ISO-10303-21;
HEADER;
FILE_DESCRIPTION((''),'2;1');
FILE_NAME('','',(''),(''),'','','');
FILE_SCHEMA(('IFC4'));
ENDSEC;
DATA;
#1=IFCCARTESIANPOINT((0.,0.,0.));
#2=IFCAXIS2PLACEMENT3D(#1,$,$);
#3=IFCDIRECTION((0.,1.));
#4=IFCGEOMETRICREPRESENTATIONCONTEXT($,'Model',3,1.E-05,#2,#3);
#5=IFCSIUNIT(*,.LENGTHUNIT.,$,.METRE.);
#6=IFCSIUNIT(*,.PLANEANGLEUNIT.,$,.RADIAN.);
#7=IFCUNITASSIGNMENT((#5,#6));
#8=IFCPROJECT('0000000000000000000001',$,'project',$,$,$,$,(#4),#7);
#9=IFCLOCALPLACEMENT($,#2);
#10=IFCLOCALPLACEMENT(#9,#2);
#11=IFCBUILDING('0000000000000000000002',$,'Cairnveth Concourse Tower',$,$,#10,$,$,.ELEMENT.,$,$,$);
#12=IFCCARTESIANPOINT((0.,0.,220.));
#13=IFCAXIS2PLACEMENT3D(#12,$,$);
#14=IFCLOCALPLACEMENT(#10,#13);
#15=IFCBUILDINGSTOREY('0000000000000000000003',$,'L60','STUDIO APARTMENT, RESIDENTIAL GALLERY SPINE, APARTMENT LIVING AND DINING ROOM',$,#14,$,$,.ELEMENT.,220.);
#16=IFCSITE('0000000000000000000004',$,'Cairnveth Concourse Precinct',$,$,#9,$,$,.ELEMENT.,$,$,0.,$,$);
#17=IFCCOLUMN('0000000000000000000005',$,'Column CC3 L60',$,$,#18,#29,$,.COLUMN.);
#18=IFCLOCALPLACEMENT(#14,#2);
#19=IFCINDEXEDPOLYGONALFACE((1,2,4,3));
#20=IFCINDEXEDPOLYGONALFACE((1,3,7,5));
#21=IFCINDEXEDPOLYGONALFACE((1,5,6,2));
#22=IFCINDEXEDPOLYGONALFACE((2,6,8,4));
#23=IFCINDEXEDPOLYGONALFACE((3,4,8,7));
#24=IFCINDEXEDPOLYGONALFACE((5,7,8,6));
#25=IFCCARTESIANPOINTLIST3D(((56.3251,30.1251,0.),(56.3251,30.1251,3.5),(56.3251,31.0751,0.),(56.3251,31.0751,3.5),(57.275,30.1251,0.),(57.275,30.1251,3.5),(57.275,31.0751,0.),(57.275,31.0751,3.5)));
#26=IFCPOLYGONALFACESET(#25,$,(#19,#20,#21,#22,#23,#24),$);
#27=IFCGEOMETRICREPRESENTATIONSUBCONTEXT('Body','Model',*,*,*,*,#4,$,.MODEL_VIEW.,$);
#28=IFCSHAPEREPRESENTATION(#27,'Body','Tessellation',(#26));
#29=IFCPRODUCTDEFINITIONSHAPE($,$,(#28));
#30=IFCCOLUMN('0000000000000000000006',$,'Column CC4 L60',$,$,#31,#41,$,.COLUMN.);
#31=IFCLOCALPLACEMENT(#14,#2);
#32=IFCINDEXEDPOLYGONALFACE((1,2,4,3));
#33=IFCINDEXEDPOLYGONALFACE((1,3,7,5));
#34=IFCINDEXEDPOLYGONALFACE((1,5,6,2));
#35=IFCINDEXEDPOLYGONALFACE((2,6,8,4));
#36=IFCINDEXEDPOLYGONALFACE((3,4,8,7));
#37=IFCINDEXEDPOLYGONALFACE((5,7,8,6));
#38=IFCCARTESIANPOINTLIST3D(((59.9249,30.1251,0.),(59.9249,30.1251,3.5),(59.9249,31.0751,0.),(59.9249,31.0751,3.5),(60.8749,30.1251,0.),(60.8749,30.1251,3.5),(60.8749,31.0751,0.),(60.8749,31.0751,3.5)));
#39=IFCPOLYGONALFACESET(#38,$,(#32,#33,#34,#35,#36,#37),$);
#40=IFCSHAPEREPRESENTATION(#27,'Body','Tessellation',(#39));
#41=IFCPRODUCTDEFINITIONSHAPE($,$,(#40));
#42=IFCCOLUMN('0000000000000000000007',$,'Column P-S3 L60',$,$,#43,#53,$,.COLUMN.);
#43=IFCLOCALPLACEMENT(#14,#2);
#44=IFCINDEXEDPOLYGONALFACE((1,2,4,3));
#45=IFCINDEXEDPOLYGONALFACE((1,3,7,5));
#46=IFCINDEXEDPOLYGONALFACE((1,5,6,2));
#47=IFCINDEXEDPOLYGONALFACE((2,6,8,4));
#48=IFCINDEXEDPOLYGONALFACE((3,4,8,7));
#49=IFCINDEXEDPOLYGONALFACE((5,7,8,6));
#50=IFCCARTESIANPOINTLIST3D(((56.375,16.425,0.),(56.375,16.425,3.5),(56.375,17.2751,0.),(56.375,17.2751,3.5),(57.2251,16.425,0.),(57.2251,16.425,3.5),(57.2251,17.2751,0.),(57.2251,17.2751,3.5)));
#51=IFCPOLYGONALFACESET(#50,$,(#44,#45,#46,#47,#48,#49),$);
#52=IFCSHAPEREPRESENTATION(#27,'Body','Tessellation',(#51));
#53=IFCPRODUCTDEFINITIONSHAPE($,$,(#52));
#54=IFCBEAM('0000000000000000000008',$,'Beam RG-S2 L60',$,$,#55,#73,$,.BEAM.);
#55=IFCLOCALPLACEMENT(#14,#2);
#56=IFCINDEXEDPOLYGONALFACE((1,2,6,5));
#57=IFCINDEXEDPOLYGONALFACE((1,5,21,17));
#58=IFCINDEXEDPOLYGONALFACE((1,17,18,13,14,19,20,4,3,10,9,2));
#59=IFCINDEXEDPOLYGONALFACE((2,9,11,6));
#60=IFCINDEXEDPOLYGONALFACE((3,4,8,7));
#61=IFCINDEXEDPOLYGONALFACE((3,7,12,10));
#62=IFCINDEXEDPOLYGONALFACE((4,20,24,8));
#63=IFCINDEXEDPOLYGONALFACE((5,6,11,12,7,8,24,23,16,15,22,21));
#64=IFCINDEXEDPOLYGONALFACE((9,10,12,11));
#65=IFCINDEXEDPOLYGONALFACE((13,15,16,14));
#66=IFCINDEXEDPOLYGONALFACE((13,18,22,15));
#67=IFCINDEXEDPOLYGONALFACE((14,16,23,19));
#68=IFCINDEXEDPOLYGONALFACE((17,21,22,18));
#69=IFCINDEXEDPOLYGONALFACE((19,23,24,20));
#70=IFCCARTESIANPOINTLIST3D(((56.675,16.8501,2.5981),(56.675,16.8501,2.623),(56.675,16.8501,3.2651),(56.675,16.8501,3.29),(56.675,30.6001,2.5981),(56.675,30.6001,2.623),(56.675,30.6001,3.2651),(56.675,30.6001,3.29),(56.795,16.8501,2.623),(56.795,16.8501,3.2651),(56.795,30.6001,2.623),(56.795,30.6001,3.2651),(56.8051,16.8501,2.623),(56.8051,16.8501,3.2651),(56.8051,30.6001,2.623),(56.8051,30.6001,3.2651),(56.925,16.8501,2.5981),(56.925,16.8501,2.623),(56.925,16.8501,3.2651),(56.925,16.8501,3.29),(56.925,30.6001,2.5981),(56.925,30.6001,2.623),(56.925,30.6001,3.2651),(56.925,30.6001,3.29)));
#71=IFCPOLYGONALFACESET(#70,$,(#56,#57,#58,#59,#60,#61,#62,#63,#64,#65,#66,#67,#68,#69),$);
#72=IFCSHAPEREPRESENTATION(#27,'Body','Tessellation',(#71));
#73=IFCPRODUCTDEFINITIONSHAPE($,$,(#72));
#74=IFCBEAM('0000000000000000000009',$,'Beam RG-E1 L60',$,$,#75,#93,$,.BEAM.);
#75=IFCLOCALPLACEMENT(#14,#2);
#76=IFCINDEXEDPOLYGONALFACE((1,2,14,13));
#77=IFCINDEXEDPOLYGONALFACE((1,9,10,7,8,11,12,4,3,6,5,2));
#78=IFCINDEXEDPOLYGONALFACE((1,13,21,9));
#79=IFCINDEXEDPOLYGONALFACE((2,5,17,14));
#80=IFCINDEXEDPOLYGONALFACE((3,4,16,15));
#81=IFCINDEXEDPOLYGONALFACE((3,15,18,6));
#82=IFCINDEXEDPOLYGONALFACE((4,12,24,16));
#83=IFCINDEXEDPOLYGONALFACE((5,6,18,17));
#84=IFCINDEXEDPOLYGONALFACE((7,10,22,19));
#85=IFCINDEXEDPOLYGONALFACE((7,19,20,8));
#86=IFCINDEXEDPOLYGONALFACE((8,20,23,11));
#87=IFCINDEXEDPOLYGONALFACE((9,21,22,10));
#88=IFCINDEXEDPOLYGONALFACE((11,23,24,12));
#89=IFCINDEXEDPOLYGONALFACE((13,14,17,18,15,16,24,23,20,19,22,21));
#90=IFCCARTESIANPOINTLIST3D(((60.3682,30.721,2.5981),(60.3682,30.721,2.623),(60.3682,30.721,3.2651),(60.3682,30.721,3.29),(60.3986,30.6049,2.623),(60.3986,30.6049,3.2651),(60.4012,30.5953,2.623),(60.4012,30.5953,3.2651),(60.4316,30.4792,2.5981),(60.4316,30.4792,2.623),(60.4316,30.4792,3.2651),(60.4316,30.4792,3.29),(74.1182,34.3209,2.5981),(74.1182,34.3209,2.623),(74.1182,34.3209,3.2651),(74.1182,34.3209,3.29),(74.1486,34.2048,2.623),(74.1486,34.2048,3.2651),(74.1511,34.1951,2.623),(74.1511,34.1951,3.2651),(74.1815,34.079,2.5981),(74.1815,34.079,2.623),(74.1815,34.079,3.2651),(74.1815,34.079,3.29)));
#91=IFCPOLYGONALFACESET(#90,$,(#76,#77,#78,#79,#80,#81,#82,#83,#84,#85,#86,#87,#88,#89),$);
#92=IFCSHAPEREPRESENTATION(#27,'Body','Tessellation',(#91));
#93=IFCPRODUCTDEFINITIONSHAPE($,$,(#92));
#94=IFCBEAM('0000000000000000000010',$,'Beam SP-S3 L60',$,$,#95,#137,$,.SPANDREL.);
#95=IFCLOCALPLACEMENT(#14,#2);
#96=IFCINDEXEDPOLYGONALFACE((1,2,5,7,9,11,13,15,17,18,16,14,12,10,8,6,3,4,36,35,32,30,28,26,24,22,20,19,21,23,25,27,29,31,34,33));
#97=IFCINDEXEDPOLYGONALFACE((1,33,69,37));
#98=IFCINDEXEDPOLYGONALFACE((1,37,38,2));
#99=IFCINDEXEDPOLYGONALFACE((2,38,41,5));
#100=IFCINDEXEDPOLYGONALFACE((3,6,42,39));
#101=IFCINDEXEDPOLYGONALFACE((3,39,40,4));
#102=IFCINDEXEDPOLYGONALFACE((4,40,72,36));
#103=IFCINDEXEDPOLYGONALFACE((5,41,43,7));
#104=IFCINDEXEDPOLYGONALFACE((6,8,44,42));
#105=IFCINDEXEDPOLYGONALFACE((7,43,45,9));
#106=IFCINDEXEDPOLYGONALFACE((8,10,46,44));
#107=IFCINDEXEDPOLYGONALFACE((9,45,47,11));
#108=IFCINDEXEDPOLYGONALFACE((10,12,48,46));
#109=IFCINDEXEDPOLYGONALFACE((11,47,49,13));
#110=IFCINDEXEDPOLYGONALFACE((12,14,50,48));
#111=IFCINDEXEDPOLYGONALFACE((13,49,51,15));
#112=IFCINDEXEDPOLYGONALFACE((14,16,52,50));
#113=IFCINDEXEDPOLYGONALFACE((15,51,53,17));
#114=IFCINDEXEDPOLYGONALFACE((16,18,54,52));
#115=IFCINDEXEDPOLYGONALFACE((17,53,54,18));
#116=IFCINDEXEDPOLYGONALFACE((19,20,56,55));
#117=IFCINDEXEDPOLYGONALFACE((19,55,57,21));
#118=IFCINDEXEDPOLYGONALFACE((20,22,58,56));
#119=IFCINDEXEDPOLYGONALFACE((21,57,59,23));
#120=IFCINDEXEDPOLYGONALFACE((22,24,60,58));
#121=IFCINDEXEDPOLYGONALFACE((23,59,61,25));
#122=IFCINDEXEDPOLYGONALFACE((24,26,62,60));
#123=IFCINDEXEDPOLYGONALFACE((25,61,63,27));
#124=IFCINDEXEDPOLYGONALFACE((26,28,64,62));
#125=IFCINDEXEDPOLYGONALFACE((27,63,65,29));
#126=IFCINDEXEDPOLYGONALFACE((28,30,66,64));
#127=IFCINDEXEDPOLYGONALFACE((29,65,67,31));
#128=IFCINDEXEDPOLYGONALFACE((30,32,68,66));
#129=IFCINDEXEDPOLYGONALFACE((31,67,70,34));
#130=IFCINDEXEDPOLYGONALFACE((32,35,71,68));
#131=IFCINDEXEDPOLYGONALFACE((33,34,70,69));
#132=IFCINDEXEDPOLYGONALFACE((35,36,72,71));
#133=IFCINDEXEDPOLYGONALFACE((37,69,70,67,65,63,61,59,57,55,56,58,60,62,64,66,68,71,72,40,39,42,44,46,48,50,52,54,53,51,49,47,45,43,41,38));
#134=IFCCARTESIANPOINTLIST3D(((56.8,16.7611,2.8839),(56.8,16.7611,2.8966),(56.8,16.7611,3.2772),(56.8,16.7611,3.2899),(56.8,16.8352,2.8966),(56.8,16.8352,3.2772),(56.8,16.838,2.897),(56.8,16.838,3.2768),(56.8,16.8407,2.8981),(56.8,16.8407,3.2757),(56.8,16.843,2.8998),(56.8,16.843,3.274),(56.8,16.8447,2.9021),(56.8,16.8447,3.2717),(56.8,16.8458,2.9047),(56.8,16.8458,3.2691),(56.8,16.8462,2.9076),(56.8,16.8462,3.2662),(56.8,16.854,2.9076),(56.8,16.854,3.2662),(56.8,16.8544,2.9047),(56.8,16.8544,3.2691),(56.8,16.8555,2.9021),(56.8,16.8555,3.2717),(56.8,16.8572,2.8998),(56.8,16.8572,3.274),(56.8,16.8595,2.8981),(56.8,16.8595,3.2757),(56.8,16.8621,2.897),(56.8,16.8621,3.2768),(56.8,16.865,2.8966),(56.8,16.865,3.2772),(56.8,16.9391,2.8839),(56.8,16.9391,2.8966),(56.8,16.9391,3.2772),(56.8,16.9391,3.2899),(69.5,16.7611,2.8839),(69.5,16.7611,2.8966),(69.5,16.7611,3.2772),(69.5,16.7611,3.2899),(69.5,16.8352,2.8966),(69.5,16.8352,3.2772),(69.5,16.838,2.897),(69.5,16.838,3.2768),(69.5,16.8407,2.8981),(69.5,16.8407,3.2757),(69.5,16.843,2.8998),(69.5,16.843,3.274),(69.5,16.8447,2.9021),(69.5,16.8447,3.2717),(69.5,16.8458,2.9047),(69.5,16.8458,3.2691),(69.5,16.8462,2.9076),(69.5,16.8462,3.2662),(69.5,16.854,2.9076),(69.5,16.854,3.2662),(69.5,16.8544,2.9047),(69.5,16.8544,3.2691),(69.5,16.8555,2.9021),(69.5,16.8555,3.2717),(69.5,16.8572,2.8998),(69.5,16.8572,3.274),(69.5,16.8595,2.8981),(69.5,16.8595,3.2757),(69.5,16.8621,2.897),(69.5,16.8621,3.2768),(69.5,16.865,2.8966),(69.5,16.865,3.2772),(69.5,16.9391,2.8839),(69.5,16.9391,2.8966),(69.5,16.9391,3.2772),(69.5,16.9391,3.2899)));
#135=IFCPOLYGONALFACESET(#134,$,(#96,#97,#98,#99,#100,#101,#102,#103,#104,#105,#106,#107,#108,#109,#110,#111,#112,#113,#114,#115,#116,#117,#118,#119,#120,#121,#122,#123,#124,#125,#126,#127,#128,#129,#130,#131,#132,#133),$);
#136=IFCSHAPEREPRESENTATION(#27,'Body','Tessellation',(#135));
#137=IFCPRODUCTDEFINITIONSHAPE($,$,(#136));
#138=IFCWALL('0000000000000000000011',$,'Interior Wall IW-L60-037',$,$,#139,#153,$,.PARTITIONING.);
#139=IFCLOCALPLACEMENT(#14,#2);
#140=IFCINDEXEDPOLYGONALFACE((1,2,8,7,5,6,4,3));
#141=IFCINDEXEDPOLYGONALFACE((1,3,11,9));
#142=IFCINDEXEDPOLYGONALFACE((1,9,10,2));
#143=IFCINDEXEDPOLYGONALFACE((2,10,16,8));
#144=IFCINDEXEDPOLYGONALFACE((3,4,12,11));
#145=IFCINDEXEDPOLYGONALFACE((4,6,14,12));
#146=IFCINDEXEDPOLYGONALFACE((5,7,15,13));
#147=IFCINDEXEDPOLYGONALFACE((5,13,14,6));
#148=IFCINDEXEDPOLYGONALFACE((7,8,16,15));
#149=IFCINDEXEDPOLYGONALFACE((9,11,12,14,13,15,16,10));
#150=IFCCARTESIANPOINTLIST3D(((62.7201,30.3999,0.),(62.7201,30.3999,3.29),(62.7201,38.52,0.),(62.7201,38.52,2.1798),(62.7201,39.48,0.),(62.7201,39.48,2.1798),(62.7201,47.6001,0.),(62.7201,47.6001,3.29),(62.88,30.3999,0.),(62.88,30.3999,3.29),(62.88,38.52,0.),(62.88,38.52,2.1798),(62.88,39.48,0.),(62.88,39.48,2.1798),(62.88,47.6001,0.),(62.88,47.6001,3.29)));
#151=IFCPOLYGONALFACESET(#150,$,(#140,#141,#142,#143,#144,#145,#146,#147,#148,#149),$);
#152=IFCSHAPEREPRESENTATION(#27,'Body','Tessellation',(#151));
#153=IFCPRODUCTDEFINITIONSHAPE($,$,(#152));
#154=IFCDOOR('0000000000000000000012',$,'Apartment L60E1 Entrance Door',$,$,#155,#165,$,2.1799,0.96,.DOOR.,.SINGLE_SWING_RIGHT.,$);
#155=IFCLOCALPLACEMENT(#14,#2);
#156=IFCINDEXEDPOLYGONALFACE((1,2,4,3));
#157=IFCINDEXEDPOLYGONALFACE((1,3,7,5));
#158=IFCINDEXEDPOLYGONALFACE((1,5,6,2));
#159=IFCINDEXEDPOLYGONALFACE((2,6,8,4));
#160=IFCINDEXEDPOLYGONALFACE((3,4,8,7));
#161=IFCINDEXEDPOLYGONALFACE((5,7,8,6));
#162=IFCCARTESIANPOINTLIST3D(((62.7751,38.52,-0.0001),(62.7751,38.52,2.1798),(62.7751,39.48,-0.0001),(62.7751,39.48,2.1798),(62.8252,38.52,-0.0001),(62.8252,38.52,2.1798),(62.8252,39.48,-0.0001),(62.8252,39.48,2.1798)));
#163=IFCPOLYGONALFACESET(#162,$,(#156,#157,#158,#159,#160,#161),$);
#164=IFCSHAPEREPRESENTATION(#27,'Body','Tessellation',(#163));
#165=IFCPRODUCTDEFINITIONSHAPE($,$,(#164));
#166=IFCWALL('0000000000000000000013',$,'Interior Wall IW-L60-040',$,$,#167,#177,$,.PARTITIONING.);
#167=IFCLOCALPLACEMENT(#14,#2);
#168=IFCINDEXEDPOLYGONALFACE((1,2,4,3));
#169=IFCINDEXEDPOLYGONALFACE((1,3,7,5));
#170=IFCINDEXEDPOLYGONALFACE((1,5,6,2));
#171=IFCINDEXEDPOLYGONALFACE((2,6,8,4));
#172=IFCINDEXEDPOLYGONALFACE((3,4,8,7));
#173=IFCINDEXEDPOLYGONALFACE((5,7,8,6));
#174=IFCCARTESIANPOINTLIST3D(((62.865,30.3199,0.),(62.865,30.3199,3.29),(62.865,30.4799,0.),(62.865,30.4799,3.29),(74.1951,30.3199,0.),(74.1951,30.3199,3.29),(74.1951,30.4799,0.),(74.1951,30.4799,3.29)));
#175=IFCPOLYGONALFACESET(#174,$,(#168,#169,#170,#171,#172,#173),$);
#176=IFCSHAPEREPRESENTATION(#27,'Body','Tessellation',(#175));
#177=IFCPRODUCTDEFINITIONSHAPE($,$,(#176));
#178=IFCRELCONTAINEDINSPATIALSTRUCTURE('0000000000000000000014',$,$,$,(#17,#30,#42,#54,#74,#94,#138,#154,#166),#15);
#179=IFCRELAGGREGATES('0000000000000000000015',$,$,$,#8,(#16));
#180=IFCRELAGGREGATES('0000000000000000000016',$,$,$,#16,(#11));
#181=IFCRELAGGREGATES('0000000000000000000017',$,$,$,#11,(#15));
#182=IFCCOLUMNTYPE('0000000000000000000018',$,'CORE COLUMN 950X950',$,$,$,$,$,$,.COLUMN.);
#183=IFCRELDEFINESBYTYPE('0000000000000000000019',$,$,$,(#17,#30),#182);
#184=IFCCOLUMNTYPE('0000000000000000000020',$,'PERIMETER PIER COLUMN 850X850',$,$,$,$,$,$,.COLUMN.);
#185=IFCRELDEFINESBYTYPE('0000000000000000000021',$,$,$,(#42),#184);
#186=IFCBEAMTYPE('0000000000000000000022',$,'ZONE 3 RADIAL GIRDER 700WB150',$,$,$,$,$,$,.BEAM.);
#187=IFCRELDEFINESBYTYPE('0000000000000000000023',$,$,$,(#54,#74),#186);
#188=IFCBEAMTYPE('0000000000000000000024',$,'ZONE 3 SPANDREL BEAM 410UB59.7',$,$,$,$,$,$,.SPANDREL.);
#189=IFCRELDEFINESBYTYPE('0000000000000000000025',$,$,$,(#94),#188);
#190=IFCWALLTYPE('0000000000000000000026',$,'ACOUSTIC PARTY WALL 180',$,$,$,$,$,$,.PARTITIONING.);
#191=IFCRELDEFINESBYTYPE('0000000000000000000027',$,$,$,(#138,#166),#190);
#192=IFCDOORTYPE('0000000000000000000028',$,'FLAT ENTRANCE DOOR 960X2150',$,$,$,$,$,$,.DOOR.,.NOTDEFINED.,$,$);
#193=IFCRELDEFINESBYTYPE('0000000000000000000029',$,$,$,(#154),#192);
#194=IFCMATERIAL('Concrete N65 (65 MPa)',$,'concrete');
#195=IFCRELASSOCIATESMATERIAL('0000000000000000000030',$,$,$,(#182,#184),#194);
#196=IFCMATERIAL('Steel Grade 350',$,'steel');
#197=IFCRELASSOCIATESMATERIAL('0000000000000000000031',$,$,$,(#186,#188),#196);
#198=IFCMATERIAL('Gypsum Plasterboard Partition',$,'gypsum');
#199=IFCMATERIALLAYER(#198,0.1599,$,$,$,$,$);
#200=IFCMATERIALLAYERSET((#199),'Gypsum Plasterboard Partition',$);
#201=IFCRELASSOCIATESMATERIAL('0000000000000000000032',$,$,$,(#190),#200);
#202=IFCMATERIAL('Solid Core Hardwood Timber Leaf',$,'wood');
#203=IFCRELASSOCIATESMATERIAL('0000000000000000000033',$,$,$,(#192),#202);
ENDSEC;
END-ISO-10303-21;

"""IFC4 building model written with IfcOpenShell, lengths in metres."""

from ifc_helpers import new_model, si_unit, direction, frame, frame_2d, origin, origin_2d, place, context, subcontext, project, spatial, rectangle, i_section, extrude, material, layer, layer_set, material_profile, profile_set, type_object, element, fill, save


model = new_model("IFC4")

# Units and contexts
model_context = context("Model", 3, precision=1e-05, world=origin(), true_north=direction((0.0, 1.0)))
body_context = subcontext(model_context, "Body", "Model", "MODEL_VIEW")
ifc_project = project(units=[si_unit("LENGTHUNIT", "METRE"), si_unit("PLANEANGLEUNIT", "RADIAN")], contexts=[model_context])

# Site, building, storey
site_placement = place(None, origin())
site = spatial("IfcSite", under=ifc_project, at=site_placement, Name="Cairnveth Concourse Precinct", CompositionType="ELEMENT", RefElevation=0.0)
building_placement = place(site_placement, origin())
building = spatial("IfcBuilding", under=site, at=building_placement, Name="Cairnveth Concourse Tower", CompositionType="ELEMENT")
storey_placement = place(building_placement, frame((0.0, 0.0, 220.0)))
storey = spatial("IfcBuildingStorey", under=building, at=storey_placement, Name="L60", Description="STUDIO APARTMENT, RESIDENTIAL GALLERY SPINE, APARTMENT LIVING AND DINING ROOM", CompositionType="ELEMENT", Elevation=220.0)

# Columns
ifc_material_1 = material(Name="Concrete N65 (65 MPa)", Category="concrete")
ifc_material_profile_1 = material_profile(ifc_material_1, rectangle(XDim=0.95, YDim=0.95, at=origin_2d()), Name="RC-COL-950x950")
ifc_profile_set_1 = profile_set([ifc_material_profile_1], Name="Concrete N65 (65 MPa)")
column_type_1 = type_object("IfcColumnType", Name="CORE COLUMN 950X950", PredefinedType="COLUMN", material=ifc_profile_set_1)
for number, where, z_axis, x_axis, name in (
    (1, (56.8, 30.6001, 0.0), (0.0, 0.0, 1.0), (1.0, 0.0, 0.0), "Column CC3 L60"),
    (2, (60.3999, 30.6001, 0.0), (0.0, 0.0, 1.0), (1.0, 0.0, 0.0), "Column CC4 L60"),
):
    element("IfcColumn", number, at=place(storey_placement, frame(where, z_axis=z_axis, x_axis=x_axis)), inside=storey, type_object=column_type_1, Name=name, PredefinedType="COLUMN", context=body_context, shape_type="SweptSolid", body=[
        extrude(rectangle(XDim=0.95, YDim=0.95, at=origin_2d()), origin(), (0.0, 0.0, 1.0), 3.5),
    ])
ifc_material_profile_2 = material_profile(ifc_material_1, rectangle(XDim=0.8501, YDim=0.8501, at=origin_2d()), Name="RC-COL-850x850")
ifc_profile_set_2 = profile_set([ifc_material_profile_2], Name="Concrete N65 (65 MPa)")
column_type_2 = type_object("IfcColumnType", Name="PERIMETER PIER COLUMN 850X850", PredefinedType="COLUMN", material=ifc_profile_set_2)
column_placement = place(storey_placement, frame((56.8, 16.8501, 0.0), z_axis=(0.0, 0.0, 1.0), x_axis=(1.0, 0.0, 0.0)))
element("IfcColumn", 3, at=column_placement, inside=storey, type_object=column_type_2, Name="Column P-S3 L60", PredefinedType="COLUMN", context=body_context, shape_type="SweptSolid", body=[
    extrude(rectangle(XDim=0.8501, YDim=0.8501, at=origin_2d()), origin(), (0.0, 0.0, 1.0), 3.5),
])

# Beams
ifc_material_2 = material(Name="Steel Grade 350", Category="steel")
ifc_material_profile_3 = material_profile(ifc_material_2, i_section(OverallWidth=0.25, OverallDepth=0.6919, WebThickness=0.01, FlangeThickness=0.0249, at=origin_2d()), Name="700WB150")
ifc_profile_set_3 = profile_set([ifc_material_profile_3], Name="Steel Grade 350")
beam_type_1 = type_object("IfcBeamType", Name="ZONE 3 RADIAL GIRDER 700WB150", PredefinedType="BEAM", material=ifc_profile_set_3)
beam_1_placement = place(storey_placement, frame((56.8, 16.8501, 2.9441), z_axis=(0.0, 1.0, 0.0), x_axis=(-1.0, 0.0, 0.0)))
element("IfcBeam", 4, at=beam_1_placement, inside=storey, type_object=beam_type_1, Name="Beam RG-S2 L60", PredefinedType="BEAM", context=body_context, shape_type="SweptSolid", body=[
    extrude(i_section(OverallWidth=0.25, OverallDepth=0.6919, WebThickness=0.01, FlangeThickness=0.0249, at=origin_2d()), origin(), (0.0, 0.0, 1.0), 13.75),
])
beam_2_placement = place(storey_placement, frame((60.3999, 30.6001, 2.9441), z_axis=(0.967395, 0.253271, 0.0), x_axis=(-0.253271, 0.967395, 0.0)))
element("IfcBeam", 5, at=beam_2_placement, inside=storey, type_object=beam_type_1, Name="Beam RG-E1 L60", PredefinedType="BEAM", context=body_context, shape_type="SweptSolid", body=[
    extrude(i_section(OverallWidth=0.25, OverallDepth=0.6919, WebThickness=0.01, FlangeThickness=0.0249, at=origin_2d()), origin(), (0.0, 0.0, 1.0), 14.2134),
])
ifc_material_profile_4 = material_profile(ifc_material_2, i_section(OverallWidth=0.178, OverallDepth=0.406, WebThickness=0.0078, FlangeThickness=0.0127, FilletRadius=0.011, at=origin_2d()), Name="410UB59.7")
ifc_profile_set_4 = profile_set([ifc_material_profile_4], Name="Steel Grade 350")
beam_type_2 = type_object("IfcBeamType", Name="ZONE 3 SPANDREL BEAM 410UB59.7", PredefinedType="SPANDREL", material=ifc_profile_set_4)
beam_3_placement = place(storey_placement, frame((56.8, 16.8501, 3.0869), z_axis=(1.0, 0.0, 0.0), x_axis=(0.0, 1.0, 0.0)))
element("IfcBeam", 6, at=beam_3_placement, inside=storey, type_object=beam_type_2, Name="Beam SP-S3 L60", PredefinedType="SPANDREL", context=body_context, shape_type="SweptSolid", body=[
    extrude(i_section(OverallWidth=0.178, OverallDepth=0.406, WebThickness=0.0078, FlangeThickness=0.0127, FilletRadius=0.011, at=origin_2d()), origin(), (0.0, 0.0, 1.0), 12.7),
])

# Wall, opening, door
ifc_material_3 = material(Name="Gypsum Plasterboard Partition", Category="gypsum")
ifc_layer_1 = layer(ifc_material_3, 0.1599)
ifc_layer_set_1 = layer_set([ifc_layer_1], Name="Gypsum Plasterboard Partition")
wall_type_1 = type_object("IfcWallType", Name="ACOUSTIC PARTY WALL 180", PredefinedType="PARTITIONING", material=ifc_layer_set_1)
wall_1_placement = place(storey_placement, frame((62.8, 30.3999, 0.0), z_axis=(0.0, 0.0, 1.0), x_axis=(0.0, 1.0, 0.0)))
wall_1 = element("IfcWall", 7, at=wall_1_placement, inside=storey, type_object=wall_type_1, Name="Interior Wall IW-L60-037", PredefinedType="PARTITIONING", context=body_context, shape_type="SweptSolid", body=[
    extrude(rectangle(XDim=17.2002, YDim=0.1599, at=frame_2d((8.6001, 0.0))), origin(), (0.0, 0.0, 1.0), 3.29),
])
opening_1_placement = place(wall_1_placement, frame((8.1201, 0.0, 0.0)))
opening_1 = element("IfcOpeningElement", 8, at=opening_1_placement, cuts=wall_1, PredefinedType="OPENING", context=body_context, shape_type="SweptSolid", body=[
    extrude(rectangle(XDim=0.96, YDim=2.1799, at=frame_2d((0.48, 1.0898))), frame((0.0, 0.0898, 0.0), z_axis=(0.0, -1.0, 0.0), x_axis=(1.0, 0.0, 0.0)), (0.0, 0.0, 1.0), 0.1799),
])
ifc_material_4 = material(Name="Solid Core Hardwood Timber Leaf", Category="wood")
door_type_1 = type_object("IfcDoorType", Name="FLAT ENTRANCE DOOR 960X2150", OperationType="NOTDEFINED", PredefinedType="DOOR", material=ifc_material_4)
door_1_placement = place(opening_1_placement, origin())
door_1 = element("IfcDoor", 9, at=door_1_placement, inside=storey, type_object=door_type_1, Name="Apartment L60E1 Entrance Door", OperationType="SINGLE_SWING_RIGHT", OverallHeight=2.1799, OverallWidth=0.96, PredefinedType="DOOR", context=body_context, shape_type="SweptSolid", body=[
    extrude(rectangle(XDim=0.96, YDim=2.1799, at=frame_2d((0.48, 1.0898))), frame((0.0, 0.0249, 0.0), z_axis=(0.0, -1.0, 0.0), x_axis=(1.0, 0.0, 0.0)), (0.0, 0.0, 1.0), 0.05),
])
fill(opening_1, door_1)

# Wall
wall_2_placement = place(storey_placement, frame((62.865, 30.3999, 0.0), z_axis=(0.0, 0.0, 1.0), x_axis=(1.0, 0.0, 0.0)))
element("IfcWall", 10, at=wall_2_placement, inside=storey, type_object=wall_type_1, Name="Interior Wall IW-L60-040", PredefinedType="PARTITIONING", context=body_context, shape_type="SweptSolid", body=[
    extrude(rectangle(XDim=11.3301, YDim=0.1599, at=frame_2d((5.665, 0.0))), origin(), (0.0, 0.0, 1.0), 3.29),
])

save(model, "model.ifc")
